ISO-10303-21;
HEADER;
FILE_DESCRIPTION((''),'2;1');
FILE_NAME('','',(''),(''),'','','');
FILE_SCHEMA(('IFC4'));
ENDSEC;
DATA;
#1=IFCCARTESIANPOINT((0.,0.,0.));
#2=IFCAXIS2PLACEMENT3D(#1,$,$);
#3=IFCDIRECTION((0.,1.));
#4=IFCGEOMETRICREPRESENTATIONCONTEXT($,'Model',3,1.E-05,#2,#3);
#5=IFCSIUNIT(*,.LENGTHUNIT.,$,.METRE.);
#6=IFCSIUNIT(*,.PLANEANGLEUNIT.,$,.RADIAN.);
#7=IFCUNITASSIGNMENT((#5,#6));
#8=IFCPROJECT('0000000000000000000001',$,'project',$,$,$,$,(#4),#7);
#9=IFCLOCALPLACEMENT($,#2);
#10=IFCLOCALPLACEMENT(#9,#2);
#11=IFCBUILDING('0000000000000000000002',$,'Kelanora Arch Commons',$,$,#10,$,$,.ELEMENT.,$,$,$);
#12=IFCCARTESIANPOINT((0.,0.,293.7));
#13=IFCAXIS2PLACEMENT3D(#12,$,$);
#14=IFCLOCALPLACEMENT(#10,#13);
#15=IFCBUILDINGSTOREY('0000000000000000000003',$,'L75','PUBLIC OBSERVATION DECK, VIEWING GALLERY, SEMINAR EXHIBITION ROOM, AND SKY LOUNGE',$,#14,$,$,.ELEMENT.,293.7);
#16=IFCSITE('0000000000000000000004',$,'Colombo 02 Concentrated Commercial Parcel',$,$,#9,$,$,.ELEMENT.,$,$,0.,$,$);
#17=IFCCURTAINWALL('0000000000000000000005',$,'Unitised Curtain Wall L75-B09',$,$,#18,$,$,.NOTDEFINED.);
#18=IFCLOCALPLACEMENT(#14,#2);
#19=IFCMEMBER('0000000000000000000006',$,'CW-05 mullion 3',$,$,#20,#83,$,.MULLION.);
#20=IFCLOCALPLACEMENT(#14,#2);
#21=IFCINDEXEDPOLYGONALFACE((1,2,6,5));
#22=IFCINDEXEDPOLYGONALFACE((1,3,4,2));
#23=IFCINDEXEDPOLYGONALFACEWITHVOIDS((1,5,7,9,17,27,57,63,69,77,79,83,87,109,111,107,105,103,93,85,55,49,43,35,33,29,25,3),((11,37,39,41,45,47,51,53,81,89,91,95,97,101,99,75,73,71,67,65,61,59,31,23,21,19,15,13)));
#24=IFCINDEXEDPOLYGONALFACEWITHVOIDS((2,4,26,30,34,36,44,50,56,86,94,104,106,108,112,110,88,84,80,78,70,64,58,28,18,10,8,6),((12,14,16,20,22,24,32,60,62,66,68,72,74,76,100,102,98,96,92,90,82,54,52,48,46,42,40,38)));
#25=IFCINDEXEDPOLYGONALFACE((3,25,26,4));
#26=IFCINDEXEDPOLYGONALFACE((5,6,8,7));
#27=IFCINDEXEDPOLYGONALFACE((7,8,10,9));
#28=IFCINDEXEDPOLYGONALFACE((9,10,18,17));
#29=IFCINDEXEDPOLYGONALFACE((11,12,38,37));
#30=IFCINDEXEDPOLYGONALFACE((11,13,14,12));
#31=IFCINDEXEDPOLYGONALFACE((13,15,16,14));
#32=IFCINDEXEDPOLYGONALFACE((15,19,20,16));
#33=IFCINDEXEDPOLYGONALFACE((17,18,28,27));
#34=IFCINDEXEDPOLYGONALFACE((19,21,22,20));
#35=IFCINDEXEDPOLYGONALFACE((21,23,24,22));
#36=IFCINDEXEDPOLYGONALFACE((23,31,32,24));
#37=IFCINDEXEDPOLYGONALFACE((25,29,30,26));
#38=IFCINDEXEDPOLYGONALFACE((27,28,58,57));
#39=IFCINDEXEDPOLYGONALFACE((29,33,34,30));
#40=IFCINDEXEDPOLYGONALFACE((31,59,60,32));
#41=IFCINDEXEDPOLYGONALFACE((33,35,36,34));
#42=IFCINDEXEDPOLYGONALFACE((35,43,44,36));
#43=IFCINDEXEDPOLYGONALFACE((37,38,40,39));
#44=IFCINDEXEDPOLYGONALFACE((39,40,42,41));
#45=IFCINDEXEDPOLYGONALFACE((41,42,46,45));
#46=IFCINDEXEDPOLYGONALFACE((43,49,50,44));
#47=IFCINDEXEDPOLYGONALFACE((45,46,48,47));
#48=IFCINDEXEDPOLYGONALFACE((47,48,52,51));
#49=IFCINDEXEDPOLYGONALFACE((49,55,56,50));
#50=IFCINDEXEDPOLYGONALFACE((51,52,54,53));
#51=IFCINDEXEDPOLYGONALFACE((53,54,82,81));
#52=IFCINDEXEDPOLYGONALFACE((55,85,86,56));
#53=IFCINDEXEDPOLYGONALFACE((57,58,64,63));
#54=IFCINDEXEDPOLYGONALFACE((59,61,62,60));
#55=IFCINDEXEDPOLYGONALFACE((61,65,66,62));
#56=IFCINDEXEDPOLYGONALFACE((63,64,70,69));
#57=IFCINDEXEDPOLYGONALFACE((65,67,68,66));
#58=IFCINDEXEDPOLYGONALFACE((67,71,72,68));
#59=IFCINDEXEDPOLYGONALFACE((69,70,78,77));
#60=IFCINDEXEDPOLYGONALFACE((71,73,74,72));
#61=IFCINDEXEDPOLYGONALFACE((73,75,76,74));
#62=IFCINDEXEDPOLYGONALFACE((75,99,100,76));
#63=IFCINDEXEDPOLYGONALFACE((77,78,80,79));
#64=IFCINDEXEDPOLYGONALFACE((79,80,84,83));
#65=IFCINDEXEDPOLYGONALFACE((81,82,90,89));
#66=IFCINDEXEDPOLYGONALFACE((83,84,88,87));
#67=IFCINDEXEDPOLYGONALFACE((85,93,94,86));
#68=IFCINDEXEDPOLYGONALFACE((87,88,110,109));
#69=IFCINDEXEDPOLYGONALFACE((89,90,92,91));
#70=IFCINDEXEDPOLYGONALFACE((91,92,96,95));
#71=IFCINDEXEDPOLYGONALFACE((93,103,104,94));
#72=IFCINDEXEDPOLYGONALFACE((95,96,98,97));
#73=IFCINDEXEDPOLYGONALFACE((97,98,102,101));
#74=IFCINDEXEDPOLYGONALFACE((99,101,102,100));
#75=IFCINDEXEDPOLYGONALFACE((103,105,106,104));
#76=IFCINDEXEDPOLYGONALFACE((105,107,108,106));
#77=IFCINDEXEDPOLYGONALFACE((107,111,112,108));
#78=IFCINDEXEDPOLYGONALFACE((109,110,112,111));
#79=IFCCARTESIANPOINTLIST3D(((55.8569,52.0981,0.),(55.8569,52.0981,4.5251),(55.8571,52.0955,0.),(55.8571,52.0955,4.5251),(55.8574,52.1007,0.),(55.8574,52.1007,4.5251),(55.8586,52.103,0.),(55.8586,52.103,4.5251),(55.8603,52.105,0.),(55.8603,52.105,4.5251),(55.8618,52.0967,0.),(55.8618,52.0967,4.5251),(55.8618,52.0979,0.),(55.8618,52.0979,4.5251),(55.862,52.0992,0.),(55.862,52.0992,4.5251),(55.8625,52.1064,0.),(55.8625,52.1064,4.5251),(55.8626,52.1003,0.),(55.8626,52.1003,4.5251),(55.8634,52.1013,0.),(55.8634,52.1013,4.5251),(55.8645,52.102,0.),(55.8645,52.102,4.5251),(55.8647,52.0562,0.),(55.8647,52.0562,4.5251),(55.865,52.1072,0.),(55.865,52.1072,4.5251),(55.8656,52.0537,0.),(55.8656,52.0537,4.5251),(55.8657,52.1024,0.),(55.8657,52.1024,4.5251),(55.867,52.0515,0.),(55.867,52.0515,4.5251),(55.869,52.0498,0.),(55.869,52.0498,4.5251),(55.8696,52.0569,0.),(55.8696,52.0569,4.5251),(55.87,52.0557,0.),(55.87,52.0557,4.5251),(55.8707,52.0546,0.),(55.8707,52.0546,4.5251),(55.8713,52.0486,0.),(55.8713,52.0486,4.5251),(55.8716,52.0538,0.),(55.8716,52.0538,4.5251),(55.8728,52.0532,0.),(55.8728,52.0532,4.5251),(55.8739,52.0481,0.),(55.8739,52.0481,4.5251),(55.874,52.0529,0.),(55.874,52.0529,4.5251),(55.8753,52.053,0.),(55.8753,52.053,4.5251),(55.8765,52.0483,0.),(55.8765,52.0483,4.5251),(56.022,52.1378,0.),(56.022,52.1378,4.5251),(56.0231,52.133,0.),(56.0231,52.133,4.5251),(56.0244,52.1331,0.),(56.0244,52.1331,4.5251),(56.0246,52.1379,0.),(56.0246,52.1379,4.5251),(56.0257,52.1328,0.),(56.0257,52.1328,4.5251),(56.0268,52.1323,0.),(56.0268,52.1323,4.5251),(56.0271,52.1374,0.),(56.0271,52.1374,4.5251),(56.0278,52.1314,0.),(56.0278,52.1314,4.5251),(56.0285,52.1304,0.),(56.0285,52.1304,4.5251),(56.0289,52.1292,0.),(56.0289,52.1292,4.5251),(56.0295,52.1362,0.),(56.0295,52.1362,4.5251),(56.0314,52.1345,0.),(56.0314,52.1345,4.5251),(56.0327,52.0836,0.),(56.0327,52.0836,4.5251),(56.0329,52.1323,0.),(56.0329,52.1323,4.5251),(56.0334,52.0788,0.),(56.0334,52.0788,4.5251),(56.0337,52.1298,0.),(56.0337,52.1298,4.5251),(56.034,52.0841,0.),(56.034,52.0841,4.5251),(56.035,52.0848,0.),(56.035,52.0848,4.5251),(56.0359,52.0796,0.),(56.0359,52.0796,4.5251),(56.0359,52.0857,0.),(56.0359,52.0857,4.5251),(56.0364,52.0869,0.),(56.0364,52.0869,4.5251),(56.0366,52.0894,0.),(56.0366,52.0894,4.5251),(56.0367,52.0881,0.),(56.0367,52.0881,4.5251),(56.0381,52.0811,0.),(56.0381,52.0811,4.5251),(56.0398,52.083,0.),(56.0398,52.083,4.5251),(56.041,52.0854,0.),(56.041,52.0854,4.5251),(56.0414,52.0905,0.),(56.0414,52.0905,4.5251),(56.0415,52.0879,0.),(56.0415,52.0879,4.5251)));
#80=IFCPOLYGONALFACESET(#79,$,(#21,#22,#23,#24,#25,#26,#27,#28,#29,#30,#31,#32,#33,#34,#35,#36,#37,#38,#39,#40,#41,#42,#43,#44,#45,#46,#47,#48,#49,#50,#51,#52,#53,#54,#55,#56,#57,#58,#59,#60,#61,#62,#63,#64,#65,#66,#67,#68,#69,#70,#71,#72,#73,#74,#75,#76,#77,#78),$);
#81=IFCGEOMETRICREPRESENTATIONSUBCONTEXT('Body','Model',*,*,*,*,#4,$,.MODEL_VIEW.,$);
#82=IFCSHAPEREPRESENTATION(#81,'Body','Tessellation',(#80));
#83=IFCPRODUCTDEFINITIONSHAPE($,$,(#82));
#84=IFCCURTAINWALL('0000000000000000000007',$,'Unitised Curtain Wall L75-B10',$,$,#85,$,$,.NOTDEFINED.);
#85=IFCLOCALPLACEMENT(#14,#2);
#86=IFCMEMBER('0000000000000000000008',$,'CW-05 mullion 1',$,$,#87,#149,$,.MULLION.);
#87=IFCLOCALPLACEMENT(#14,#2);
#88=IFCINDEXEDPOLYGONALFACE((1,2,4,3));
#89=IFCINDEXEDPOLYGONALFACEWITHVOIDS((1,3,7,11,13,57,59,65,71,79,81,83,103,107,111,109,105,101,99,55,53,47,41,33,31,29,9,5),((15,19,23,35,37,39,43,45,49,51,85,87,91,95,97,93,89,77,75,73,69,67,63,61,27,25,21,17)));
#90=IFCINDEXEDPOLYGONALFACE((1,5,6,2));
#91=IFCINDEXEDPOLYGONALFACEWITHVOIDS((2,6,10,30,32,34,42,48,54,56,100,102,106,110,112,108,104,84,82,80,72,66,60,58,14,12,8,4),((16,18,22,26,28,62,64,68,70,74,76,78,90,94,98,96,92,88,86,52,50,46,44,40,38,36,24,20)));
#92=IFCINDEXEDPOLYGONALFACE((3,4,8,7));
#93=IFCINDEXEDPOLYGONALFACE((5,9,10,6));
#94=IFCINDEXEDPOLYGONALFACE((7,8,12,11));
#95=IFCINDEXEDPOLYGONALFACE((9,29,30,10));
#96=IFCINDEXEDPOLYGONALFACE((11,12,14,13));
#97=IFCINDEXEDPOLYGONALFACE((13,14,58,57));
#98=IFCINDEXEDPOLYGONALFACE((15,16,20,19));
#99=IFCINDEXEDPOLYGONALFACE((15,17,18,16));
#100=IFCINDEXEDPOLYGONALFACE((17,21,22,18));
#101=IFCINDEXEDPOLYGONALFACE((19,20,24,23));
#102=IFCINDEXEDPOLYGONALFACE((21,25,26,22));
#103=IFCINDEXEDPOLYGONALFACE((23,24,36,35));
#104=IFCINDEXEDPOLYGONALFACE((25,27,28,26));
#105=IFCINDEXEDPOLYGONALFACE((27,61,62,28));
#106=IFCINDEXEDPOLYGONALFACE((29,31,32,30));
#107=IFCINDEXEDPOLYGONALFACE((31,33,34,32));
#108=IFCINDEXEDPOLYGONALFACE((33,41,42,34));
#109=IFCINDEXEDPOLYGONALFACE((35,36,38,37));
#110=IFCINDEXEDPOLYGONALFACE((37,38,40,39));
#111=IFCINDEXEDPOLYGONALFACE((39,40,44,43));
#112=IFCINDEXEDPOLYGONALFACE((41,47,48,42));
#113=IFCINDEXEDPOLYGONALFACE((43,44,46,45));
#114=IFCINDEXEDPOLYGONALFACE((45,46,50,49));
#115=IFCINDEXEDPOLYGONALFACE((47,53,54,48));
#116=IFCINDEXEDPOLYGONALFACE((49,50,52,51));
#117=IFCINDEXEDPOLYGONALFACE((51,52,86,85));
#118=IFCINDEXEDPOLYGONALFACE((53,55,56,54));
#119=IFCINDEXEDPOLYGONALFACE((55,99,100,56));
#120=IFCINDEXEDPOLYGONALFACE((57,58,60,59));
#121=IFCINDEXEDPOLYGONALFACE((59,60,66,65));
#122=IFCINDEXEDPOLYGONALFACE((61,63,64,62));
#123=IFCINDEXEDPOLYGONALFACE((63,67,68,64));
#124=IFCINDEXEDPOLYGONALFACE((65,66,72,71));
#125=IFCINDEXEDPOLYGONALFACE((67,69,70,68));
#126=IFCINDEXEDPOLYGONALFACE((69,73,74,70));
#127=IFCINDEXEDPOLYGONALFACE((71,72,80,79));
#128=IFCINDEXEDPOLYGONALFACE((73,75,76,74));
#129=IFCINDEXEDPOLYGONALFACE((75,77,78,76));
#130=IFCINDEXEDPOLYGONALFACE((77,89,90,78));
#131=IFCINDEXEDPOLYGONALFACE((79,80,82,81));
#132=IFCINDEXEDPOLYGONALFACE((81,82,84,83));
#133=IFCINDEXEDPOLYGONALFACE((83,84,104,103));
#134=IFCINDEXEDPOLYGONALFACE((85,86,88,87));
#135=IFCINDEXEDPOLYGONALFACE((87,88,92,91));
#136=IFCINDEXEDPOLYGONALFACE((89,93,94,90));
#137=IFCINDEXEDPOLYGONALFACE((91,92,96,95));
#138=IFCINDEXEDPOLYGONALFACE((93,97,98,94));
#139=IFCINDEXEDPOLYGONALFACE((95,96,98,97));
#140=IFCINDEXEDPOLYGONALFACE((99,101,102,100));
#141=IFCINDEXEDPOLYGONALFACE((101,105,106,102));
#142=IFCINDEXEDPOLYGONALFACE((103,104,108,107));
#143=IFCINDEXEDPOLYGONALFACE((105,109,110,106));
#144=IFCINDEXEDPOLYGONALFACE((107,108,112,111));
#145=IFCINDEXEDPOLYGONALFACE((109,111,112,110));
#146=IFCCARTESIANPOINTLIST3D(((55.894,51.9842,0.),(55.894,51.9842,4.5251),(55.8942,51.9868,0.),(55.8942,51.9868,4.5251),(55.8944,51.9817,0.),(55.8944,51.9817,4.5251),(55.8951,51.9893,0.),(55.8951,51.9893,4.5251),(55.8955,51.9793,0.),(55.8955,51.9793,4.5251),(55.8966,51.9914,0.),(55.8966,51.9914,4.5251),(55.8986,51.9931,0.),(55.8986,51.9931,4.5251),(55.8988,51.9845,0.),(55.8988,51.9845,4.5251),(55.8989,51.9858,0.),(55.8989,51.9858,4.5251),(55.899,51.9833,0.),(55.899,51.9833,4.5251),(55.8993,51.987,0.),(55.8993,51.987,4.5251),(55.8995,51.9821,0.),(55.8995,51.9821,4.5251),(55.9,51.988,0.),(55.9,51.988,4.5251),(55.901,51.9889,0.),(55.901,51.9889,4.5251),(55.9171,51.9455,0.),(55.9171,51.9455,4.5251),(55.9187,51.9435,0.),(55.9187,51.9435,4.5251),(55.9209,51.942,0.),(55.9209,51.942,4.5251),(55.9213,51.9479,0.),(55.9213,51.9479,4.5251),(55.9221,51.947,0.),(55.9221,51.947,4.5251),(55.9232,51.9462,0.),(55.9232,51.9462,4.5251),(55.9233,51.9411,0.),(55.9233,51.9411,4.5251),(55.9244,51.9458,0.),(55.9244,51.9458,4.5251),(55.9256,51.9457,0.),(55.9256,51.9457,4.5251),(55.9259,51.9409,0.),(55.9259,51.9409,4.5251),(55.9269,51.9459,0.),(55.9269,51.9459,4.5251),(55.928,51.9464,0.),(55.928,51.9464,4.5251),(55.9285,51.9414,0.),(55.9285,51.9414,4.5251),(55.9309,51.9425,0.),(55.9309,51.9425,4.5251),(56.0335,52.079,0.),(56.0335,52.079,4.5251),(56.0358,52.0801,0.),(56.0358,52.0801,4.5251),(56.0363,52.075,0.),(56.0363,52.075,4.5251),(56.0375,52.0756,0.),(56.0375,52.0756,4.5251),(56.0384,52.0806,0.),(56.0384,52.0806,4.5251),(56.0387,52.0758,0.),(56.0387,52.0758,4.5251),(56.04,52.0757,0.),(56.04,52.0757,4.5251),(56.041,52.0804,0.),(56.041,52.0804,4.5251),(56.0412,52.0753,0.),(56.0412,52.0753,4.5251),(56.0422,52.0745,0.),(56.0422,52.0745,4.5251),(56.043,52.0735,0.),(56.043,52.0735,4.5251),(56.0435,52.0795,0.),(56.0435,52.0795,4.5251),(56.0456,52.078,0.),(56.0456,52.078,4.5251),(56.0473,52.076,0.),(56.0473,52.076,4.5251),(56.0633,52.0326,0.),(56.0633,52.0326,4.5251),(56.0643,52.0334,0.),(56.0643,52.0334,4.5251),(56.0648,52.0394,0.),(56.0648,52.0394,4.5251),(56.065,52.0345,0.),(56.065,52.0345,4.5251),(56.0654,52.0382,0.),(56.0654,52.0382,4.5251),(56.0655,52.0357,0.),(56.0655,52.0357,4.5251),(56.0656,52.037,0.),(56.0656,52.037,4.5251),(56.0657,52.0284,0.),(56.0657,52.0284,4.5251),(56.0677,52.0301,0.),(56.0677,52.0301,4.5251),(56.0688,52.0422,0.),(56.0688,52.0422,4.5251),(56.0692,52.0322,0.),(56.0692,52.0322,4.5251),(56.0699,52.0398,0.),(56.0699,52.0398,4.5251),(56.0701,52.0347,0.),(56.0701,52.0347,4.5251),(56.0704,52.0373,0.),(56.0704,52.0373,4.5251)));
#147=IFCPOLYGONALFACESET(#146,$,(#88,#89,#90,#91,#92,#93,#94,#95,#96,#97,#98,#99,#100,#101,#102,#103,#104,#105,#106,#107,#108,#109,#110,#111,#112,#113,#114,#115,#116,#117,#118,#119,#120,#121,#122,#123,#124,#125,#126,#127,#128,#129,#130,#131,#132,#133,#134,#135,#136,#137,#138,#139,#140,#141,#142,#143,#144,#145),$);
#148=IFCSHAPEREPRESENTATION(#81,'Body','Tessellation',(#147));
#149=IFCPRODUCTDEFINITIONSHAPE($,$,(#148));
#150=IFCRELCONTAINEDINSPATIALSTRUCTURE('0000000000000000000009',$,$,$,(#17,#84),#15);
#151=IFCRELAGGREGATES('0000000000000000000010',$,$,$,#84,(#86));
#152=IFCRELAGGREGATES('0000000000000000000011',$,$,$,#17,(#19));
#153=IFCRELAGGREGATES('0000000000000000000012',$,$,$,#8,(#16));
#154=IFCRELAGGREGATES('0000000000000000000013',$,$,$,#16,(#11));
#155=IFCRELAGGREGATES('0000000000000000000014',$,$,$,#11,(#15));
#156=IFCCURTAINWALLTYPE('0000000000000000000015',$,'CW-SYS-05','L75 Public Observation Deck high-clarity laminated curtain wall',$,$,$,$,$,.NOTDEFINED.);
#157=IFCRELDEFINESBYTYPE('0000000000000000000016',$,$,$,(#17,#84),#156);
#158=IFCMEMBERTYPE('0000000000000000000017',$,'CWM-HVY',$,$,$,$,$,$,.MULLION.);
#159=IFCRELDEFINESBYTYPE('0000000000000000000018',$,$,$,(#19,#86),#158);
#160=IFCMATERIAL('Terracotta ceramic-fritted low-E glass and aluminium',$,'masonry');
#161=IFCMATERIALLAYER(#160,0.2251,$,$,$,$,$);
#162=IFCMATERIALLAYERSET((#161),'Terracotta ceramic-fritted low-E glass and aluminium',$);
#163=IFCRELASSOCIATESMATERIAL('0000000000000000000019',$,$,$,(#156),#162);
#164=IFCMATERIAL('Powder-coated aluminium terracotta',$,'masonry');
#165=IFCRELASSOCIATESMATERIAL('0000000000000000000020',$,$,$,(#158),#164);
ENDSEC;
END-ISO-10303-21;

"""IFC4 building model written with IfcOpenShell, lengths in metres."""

from ifc_helpers import new_model, si_unit, direction, frame, origin, origin_2d, place, context, subcontext, project, spatial, hollow_rectangle, extrude, material, layer, layer_set, material_profile, profile_set, type_object, element, aggregate, save


model = new_model("IFC4")

# Units and contexts
model_context = context("Model", 3, precision=1e-05, world=origin(), true_north=direction((0.0, 1.0)))
body_context = subcontext(model_context, "Body", "Model", "MODEL_VIEW")
ifc_project = project(units=[si_unit("LENGTHUNIT", "METRE"), si_unit("PLANEANGLEUNIT", "RADIAN")], contexts=[model_context])

# Site, building, storey
site_placement = place(None, origin())
site = spatial("IfcSite", under=ifc_project, at=site_placement, Name="Colombo 02 Concentrated Commercial Parcel", CompositionType="ELEMENT", RefElevation=0.0)
building_placement = place(site_placement, origin())
building = spatial("IfcBuilding", under=site, at=building_placement, Name="Kelanora Arch Commons", CompositionType="ELEMENT")
storey_placement = place(building_placement, frame((0.0, 0.0, 293.7)))
storey = spatial("IfcBuildingStorey", under=building, at=storey_placement, Name="L75", Description="PUBLIC OBSERVATION DECK, VIEWING GALLERY, SEMINAR EXHIBITION ROOM, AND SKY LOUNGE", CompositionType="ELEMENT", Elevation=293.7)

# Shared definitions
ifc_material_1 = material(Name="Terracotta ceramic-fritted low-E glass and aluminium", Category="masonry")
ifc_layer_1 = layer(ifc_material_1, 0.2251)
ifc_layer_set_1 = layer_set([ifc_layer_1], Name="Terracotta ceramic-fritted low-E glass and aluminium")
curtain_wall_type = type_object("IfcCurtainWallType", Name="CW-SYS-05", Description="L75 Public Observation Deck high-clarity laminated curtain wall", PredefinedType="NOTDEFINED", material=ifc_layer_set_1)
ifc_material_2 = material(Name="Powder-coated aluminium terracotta", Category="masonry")
ifc_material_profile_1 = material_profile(ifc_material_2, hollow_rectangle(XDim=0.1799, YDim=0.0601, WallThickness=0.0049, InnerFilletRadius=0.0049, OuterFilletRadius=0.01, at=origin_2d()), Name="CWM180x60")
ifc_profile_set_1 = profile_set([ifc_material_profile_1], Name="Powder-coated aluminium terracotta")
member_type_1 = type_object("IfcMemberType", Name="CWM-HVY", PredefinedType="MULLION", material=ifc_profile_set_1)

# Curtain wall, member
curtain_wall_1_placement = place(storey_placement, origin())
curtain_wall_1 = element("IfcCurtainWall", 1, at=curtain_wall_1_placement, inside=storey, type_object=curtain_wall_type, Name="Unitised Curtain Wall L75-B09", PredefinedType="NOTDEFINED")
member_1_placement = place(storey_placement, frame((55.9492, 52.093, 0.0), z_axis=(0.0, 0.0, 1.0), x_axis=(0.981596, 0.190972, 0.0)))
member_1 = element("IfcMember", 2, at=member_1_placement, type_object=member_type_1, Name="CW-05 mullion 3", PredefinedType="MULLION", context=body_context, shape_type="SweptSolid", body=[
    extrude(hollow_rectangle(XDim=0.1799, YDim=0.0601, WallThickness=0.0049, InnerFilletRadius=0.0049, OuterFilletRadius=0.01, at=origin_2d()), origin(), (0.0, 0.0, 1.0), 4.5251),
])

# Curtain wall, member
curtain_wall_2_placement = place(storey_placement, origin())
curtain_wall_2 = element("IfcCurtainWall", 3, at=curtain_wall_2_placement, inside=storey, type_object=curtain_wall_type, Name="Unitised Curtain Wall L75-B10", PredefinedType="NOTDEFINED")
member_2_placement = place(storey_placement, frame((55.9822, 52.0107, 0.0), z_axis=(0.0, 0.0, 1.0), x_axis=(0.843391, 0.5373, 0.0)))
member_2 = element("IfcMember", 4, at=member_2_placement, type_object=member_type_1, Name="CW-05 mullion 1", PredefinedType="MULLION", context=body_context, shape_type="SweptSolid", body=[
    extrude(hollow_rectangle(XDim=0.1799, YDim=0.0601, WallThickness=0.0049, InnerFilletRadius=0.0049, OuterFilletRadius=0.01, at=origin_2d()), origin(), (0.0, 0.0, 1.0), 4.5251),
])

aggregate(curtain_wall_2, [member_2])

aggregate(curtain_wall_1, [member_1])

save(model, "model.ifc")
